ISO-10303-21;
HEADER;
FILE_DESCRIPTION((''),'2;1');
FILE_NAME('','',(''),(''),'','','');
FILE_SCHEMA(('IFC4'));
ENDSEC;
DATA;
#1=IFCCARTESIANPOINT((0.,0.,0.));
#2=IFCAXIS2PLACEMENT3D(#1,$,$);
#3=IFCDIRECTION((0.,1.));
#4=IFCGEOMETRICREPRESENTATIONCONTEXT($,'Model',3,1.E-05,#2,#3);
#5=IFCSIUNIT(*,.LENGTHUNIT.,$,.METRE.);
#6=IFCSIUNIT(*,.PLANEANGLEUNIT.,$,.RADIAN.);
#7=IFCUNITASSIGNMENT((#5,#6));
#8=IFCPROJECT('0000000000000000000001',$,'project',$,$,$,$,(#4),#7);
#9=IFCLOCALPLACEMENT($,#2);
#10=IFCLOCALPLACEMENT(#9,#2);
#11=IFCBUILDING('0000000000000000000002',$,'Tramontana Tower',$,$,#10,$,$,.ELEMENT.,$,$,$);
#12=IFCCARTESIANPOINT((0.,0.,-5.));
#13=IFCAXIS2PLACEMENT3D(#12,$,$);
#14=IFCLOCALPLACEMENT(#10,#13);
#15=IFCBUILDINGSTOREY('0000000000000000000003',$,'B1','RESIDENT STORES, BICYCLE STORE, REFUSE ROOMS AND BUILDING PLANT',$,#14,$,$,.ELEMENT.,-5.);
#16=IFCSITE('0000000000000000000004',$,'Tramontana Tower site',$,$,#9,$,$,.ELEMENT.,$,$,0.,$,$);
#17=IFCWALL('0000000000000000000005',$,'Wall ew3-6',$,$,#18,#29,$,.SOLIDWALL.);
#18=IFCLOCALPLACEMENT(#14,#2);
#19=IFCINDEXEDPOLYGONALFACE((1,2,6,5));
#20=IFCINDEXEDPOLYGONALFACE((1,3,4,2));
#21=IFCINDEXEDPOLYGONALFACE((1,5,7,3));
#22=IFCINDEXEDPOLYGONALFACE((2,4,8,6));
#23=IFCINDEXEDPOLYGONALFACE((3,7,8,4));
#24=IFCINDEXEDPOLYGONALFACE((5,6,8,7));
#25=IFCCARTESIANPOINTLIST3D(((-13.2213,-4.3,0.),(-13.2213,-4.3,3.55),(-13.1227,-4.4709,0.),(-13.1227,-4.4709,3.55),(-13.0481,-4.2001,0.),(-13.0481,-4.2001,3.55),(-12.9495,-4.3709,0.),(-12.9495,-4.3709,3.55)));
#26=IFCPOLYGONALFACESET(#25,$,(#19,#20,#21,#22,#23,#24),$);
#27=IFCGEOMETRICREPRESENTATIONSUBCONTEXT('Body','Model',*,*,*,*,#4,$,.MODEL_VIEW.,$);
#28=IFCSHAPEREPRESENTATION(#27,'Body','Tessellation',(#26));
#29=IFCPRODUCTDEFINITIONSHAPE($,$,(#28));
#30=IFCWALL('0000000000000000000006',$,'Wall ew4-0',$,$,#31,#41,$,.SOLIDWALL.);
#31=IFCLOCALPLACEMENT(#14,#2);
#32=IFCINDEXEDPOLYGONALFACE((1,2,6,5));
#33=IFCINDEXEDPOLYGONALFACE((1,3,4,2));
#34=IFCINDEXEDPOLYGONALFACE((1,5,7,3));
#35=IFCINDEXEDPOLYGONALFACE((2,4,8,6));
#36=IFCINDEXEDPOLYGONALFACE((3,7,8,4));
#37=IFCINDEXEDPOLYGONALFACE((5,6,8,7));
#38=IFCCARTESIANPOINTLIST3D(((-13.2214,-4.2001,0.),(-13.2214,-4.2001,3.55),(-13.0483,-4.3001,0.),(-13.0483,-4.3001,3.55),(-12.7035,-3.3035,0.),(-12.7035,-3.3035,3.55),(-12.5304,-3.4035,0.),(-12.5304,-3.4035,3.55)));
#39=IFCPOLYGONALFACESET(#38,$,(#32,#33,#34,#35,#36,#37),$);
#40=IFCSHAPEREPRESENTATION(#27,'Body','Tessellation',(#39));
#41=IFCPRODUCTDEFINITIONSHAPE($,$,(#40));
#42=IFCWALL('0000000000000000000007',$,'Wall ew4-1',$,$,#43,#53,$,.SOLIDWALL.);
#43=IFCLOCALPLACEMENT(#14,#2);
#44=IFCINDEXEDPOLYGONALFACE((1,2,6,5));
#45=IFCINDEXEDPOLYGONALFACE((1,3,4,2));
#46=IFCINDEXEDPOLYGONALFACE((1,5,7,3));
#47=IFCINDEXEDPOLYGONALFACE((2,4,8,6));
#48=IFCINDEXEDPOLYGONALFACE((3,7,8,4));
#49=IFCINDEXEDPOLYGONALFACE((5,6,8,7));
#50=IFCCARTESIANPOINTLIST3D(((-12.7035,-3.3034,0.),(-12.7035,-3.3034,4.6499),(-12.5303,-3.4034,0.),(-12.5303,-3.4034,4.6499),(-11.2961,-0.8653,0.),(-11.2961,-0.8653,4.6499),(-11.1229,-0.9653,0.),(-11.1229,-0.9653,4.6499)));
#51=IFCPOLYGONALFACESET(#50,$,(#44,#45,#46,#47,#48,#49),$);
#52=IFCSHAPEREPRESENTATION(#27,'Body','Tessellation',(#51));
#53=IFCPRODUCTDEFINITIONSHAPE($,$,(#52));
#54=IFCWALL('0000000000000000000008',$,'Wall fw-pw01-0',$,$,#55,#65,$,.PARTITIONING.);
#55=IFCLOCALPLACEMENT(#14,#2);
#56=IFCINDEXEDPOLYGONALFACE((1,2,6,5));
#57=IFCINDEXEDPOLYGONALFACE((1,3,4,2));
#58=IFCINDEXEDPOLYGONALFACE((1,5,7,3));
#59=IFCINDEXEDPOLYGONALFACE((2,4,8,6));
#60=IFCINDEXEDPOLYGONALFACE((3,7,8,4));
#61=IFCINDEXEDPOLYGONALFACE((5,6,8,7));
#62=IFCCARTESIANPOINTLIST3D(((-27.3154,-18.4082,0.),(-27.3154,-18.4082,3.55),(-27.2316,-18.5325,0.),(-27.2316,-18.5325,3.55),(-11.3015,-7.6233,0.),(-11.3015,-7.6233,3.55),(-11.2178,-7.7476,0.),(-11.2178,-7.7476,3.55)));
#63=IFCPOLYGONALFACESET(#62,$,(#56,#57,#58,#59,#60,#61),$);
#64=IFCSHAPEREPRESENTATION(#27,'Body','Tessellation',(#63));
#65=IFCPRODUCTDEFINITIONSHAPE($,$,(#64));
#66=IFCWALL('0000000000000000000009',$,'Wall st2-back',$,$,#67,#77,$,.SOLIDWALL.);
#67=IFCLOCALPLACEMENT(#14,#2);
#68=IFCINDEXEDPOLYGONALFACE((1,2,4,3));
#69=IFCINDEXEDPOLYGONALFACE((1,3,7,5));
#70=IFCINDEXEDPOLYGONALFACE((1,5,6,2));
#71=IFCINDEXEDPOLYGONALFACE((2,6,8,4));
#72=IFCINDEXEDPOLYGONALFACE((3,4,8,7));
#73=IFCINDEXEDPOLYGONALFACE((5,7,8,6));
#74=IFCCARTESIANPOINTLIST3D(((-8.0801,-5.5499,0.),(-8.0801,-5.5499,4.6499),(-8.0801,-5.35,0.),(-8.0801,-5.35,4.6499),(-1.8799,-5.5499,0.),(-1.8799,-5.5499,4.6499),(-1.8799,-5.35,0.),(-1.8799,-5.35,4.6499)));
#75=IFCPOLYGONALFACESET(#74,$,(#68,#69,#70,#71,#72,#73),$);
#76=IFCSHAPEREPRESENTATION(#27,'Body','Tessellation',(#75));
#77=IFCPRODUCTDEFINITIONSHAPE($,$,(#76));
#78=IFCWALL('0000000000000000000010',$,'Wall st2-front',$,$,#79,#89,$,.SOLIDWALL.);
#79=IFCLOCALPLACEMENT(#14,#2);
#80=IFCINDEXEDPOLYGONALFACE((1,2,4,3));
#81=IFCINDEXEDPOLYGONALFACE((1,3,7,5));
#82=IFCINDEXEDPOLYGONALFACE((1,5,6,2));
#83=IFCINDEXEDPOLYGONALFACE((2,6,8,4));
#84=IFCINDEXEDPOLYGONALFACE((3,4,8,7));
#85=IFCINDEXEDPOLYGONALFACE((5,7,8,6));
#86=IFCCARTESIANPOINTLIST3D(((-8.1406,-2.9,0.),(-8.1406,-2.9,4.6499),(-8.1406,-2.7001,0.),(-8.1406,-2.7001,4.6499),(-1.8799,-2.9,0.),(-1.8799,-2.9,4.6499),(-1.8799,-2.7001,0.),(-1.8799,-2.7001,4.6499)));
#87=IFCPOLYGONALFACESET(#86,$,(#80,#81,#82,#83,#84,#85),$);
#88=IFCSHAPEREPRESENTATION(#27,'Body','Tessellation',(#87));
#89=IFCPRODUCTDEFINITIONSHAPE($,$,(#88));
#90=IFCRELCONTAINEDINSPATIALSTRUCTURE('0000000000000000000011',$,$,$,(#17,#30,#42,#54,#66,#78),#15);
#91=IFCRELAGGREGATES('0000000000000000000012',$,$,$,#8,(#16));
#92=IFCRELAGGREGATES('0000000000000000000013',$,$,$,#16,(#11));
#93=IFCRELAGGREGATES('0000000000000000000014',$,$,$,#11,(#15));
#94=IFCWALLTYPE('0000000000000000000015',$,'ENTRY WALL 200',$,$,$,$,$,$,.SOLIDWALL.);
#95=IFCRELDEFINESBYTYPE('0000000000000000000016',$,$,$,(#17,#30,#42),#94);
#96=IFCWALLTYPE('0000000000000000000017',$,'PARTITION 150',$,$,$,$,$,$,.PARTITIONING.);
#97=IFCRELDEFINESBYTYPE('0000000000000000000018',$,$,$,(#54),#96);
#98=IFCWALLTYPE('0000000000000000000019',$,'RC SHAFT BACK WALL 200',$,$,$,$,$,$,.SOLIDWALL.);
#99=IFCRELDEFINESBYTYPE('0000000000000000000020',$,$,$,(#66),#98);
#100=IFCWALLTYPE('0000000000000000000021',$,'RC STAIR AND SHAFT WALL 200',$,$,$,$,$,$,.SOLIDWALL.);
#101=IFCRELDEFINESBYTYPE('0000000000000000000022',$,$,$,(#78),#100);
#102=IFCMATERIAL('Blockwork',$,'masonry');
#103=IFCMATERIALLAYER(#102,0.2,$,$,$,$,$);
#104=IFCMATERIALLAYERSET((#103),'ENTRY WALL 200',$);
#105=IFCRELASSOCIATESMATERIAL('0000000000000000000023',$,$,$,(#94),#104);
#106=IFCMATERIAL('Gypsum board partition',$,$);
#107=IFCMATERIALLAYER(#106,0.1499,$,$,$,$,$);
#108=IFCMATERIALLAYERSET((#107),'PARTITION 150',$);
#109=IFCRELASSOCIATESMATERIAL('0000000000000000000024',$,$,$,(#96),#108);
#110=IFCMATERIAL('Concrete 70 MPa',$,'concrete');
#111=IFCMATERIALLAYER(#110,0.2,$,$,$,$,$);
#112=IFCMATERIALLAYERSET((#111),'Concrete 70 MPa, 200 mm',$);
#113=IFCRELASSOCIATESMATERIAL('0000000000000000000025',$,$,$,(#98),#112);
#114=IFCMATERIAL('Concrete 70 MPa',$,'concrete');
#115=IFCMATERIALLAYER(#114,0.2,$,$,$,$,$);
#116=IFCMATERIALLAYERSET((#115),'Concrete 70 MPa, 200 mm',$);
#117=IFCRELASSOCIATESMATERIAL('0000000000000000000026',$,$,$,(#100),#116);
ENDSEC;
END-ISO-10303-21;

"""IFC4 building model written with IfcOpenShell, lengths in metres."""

from ifc_helpers import new_model, si_unit, direction, frame, frame_2d, origin, place, context, subcontext, project, spatial, rectangle, extrude, material, layer, layer_set, type_object, element, save


model = new_model("IFC4")

# Units and contexts
model_context = context("Model", 3, precision=1e-05, world=origin(), true_north=direction((0.0, 1.0)))
body_context = subcontext(model_context, "Body", "Model", "MODEL_VIEW")
ifc_project = project(units=[si_unit("LENGTHUNIT", "METRE"), si_unit("PLANEANGLEUNIT", "RADIAN")], contexts=[model_context])

# Site, building, storey
site_placement = place(None, origin())
site = spatial("IfcSite", under=ifc_project, at=site_placement, Name="Tramontana Tower site", CompositionType="ELEMENT", RefElevation=0.0)
building_placement = place(site_placement, origin())
building = spatial("IfcBuilding", under=site, at=building_placement, Name="Tramontana Tower", CompositionType="ELEMENT")
storey_placement = place(building_placement, frame((0.0, 0.0, -5.0)))
storey = spatial("IfcBuildingStorey", under=building, at=storey_placement, Name="B1", Description="RESIDENT STORES, BICYCLE STORE, REFUSE ROOMS AND BUILDING PLANT", CompositionType="ELEMENT", Elevation=-5.0)

# Shared definitions
ifc_material_1 = material(Name="Blockwork", Category="masonry")
ifc_layer_1 = layer(ifc_material_1, 0.2)
ifc_layer_set_1 = layer_set([ifc_layer_1], Name="ENTRY WALL 200")
wall_type_1 = type_object("IfcWallType", Name="ENTRY WALL 200", PredefinedType="SOLIDWALL", material=ifc_layer_set_1)

# Walls
wall_1_placement = place(storey_placement, frame((-13.0361, -4.4209, 0.0), z_axis=(0.0, 0.0, 1.0), x_axis=(-0.499865, 0.866103, 0.0)))
element("IfcWall", 1, at=wall_1_placement, inside=storey, type_object=wall_type_1, Name="Wall ew3-6", PredefinedType="SOLIDWALL", context=body_context, shape_type="SweptSolid", body=[
    extrude(rectangle(XDim=0.1973, YDim=0.2, at=frame_2d((0.0986, 0.0))), origin(), (0.0, 0.0, 1.0), 3.55),
])
wall_2_placement = place(storey_placement, frame((-13.1348, -4.25, 0.0), z_axis=(0.0, 0.0, 1.0), x_axis=(0.500172, 0.865926, 0.0)))
element("IfcWall", 2, at=wall_2_placement, inside=storey, type_object=wall_type_1, Name="Wall ew4-0", PredefinedType="SOLIDWALL", context=body_context, shape_type="SweptSolid", body=[
    extrude(rectangle(XDim=1.0354, YDim=0.2, at=frame_2d((0.5176, 0.0))), origin(), (0.0, 0.0, 1.0), 3.55),
])
wall_3_placement = place(storey_placement, frame((-12.6169, -3.3535, 0.0), z_axis=(0.0, 0.0, 1.0), x_axis=(0.499935, 0.866063, 0.0)))
element("IfcWall", 3, at=wall_3_placement, inside=storey, type_object=wall_type_1, Name="Wall ew4-1", PredefinedType="SOLIDWALL", context=body_context, shape_type="SweptSolid", body=[
    extrude(rectangle(XDim=2.8152, YDim=0.2, at=frame_2d((1.4077, 0.0))), origin(), (0.0, 0.0, 1.0), 4.6499),
])
ifc_material_2 = material(Name="Gypsum board partition")
ifc_layer_2 = layer(ifc_material_2, 0.1499)
ifc_layer_set_2 = layer_set([ifc_layer_2], Name="PARTITION 150")
wall_type_2 = type_object("IfcWallType", Name="PARTITION 150", PredefinedType="PARTITIONING", material=ifc_layer_set_2)
wall_4_placement = place(storey_placement, frame((-11.2598, -7.6855, 0.0), z_axis=(0.0, 0.0, 1.0), x_axis=(-0.829436, -0.558601, 0.0)))
element("IfcWall", 4, at=wall_4_placement, inside=storey, type_object=wall_type_2, Name="Wall fw-pw01-0", PredefinedType="PARTITIONING", context=body_context, shape_type="SweptSolid", body=[
    extrude(rectangle(XDim=19.3069, YDim=0.1499, at=frame_2d((9.6533, 0.0))), origin(), (0.0, 0.0, 1.0), 3.55),
])
ifc_material_3 = material(Name="Concrete 70 MPa", Category="concrete")
ifc_layer_3 = layer(ifc_material_3, 0.2)
ifc_layer_set_3 = layer_set([ifc_layer_3], Name="Concrete 70 MPa, 200 mm")
wall_type_3 = type_object("IfcWallType", Name="RC SHAFT BACK WALL 200", PredefinedType="SOLIDWALL", material=ifc_layer_set_3)
wall_5_placement = place(storey_placement, frame((-8.0801, -5.45, 0.0), z_axis=(0.0, 0.0, 1.0), x_axis=(1.0, 0.0, 0.0)))
element("IfcWall", 5, at=wall_5_placement, inside=storey, type_object=wall_type_3, Name="Wall st2-back", PredefinedType="SOLIDWALL", context=body_context, shape_type="SweptSolid", body=[
    extrude(rectangle(XDim=6.2002, YDim=0.2, at=frame_2d((3.1001, 0.0))), origin(), (0.0, 0.0, 1.0), 4.6499),
])
ifc_material_4 = material(Name="Concrete 70 MPa", Category="concrete")
ifc_layer_4 = layer(ifc_material_4, 0.2)
ifc_layer_set_4 = layer_set([ifc_layer_4], Name="Concrete 70 MPa, 200 mm")
wall_type_4 = type_object("IfcWallType", Name="RC STAIR AND SHAFT WALL 200", PredefinedType="SOLIDWALL", material=ifc_layer_set_4)
wall_6_placement = place(storey_placement, frame((-8.1406, -2.8, 0.0), z_axis=(0.0, 0.0, 1.0), x_axis=(1.0, 0.0, 0.0)))
element("IfcWall", 6, at=wall_6_placement, inside=storey, type_object=wall_type_4, Name="Wall st2-front", PredefinedType="SOLIDWALL", context=body_context, shape_type="SweptSolid", body=[
    extrude(rectangle(XDim=6.2607, YDim=0.2, at=frame_2d((3.1304, 0.0))), origin(), (0.0, 0.0, 1.0), 4.6499),
])

save(model, "model.ifc")
